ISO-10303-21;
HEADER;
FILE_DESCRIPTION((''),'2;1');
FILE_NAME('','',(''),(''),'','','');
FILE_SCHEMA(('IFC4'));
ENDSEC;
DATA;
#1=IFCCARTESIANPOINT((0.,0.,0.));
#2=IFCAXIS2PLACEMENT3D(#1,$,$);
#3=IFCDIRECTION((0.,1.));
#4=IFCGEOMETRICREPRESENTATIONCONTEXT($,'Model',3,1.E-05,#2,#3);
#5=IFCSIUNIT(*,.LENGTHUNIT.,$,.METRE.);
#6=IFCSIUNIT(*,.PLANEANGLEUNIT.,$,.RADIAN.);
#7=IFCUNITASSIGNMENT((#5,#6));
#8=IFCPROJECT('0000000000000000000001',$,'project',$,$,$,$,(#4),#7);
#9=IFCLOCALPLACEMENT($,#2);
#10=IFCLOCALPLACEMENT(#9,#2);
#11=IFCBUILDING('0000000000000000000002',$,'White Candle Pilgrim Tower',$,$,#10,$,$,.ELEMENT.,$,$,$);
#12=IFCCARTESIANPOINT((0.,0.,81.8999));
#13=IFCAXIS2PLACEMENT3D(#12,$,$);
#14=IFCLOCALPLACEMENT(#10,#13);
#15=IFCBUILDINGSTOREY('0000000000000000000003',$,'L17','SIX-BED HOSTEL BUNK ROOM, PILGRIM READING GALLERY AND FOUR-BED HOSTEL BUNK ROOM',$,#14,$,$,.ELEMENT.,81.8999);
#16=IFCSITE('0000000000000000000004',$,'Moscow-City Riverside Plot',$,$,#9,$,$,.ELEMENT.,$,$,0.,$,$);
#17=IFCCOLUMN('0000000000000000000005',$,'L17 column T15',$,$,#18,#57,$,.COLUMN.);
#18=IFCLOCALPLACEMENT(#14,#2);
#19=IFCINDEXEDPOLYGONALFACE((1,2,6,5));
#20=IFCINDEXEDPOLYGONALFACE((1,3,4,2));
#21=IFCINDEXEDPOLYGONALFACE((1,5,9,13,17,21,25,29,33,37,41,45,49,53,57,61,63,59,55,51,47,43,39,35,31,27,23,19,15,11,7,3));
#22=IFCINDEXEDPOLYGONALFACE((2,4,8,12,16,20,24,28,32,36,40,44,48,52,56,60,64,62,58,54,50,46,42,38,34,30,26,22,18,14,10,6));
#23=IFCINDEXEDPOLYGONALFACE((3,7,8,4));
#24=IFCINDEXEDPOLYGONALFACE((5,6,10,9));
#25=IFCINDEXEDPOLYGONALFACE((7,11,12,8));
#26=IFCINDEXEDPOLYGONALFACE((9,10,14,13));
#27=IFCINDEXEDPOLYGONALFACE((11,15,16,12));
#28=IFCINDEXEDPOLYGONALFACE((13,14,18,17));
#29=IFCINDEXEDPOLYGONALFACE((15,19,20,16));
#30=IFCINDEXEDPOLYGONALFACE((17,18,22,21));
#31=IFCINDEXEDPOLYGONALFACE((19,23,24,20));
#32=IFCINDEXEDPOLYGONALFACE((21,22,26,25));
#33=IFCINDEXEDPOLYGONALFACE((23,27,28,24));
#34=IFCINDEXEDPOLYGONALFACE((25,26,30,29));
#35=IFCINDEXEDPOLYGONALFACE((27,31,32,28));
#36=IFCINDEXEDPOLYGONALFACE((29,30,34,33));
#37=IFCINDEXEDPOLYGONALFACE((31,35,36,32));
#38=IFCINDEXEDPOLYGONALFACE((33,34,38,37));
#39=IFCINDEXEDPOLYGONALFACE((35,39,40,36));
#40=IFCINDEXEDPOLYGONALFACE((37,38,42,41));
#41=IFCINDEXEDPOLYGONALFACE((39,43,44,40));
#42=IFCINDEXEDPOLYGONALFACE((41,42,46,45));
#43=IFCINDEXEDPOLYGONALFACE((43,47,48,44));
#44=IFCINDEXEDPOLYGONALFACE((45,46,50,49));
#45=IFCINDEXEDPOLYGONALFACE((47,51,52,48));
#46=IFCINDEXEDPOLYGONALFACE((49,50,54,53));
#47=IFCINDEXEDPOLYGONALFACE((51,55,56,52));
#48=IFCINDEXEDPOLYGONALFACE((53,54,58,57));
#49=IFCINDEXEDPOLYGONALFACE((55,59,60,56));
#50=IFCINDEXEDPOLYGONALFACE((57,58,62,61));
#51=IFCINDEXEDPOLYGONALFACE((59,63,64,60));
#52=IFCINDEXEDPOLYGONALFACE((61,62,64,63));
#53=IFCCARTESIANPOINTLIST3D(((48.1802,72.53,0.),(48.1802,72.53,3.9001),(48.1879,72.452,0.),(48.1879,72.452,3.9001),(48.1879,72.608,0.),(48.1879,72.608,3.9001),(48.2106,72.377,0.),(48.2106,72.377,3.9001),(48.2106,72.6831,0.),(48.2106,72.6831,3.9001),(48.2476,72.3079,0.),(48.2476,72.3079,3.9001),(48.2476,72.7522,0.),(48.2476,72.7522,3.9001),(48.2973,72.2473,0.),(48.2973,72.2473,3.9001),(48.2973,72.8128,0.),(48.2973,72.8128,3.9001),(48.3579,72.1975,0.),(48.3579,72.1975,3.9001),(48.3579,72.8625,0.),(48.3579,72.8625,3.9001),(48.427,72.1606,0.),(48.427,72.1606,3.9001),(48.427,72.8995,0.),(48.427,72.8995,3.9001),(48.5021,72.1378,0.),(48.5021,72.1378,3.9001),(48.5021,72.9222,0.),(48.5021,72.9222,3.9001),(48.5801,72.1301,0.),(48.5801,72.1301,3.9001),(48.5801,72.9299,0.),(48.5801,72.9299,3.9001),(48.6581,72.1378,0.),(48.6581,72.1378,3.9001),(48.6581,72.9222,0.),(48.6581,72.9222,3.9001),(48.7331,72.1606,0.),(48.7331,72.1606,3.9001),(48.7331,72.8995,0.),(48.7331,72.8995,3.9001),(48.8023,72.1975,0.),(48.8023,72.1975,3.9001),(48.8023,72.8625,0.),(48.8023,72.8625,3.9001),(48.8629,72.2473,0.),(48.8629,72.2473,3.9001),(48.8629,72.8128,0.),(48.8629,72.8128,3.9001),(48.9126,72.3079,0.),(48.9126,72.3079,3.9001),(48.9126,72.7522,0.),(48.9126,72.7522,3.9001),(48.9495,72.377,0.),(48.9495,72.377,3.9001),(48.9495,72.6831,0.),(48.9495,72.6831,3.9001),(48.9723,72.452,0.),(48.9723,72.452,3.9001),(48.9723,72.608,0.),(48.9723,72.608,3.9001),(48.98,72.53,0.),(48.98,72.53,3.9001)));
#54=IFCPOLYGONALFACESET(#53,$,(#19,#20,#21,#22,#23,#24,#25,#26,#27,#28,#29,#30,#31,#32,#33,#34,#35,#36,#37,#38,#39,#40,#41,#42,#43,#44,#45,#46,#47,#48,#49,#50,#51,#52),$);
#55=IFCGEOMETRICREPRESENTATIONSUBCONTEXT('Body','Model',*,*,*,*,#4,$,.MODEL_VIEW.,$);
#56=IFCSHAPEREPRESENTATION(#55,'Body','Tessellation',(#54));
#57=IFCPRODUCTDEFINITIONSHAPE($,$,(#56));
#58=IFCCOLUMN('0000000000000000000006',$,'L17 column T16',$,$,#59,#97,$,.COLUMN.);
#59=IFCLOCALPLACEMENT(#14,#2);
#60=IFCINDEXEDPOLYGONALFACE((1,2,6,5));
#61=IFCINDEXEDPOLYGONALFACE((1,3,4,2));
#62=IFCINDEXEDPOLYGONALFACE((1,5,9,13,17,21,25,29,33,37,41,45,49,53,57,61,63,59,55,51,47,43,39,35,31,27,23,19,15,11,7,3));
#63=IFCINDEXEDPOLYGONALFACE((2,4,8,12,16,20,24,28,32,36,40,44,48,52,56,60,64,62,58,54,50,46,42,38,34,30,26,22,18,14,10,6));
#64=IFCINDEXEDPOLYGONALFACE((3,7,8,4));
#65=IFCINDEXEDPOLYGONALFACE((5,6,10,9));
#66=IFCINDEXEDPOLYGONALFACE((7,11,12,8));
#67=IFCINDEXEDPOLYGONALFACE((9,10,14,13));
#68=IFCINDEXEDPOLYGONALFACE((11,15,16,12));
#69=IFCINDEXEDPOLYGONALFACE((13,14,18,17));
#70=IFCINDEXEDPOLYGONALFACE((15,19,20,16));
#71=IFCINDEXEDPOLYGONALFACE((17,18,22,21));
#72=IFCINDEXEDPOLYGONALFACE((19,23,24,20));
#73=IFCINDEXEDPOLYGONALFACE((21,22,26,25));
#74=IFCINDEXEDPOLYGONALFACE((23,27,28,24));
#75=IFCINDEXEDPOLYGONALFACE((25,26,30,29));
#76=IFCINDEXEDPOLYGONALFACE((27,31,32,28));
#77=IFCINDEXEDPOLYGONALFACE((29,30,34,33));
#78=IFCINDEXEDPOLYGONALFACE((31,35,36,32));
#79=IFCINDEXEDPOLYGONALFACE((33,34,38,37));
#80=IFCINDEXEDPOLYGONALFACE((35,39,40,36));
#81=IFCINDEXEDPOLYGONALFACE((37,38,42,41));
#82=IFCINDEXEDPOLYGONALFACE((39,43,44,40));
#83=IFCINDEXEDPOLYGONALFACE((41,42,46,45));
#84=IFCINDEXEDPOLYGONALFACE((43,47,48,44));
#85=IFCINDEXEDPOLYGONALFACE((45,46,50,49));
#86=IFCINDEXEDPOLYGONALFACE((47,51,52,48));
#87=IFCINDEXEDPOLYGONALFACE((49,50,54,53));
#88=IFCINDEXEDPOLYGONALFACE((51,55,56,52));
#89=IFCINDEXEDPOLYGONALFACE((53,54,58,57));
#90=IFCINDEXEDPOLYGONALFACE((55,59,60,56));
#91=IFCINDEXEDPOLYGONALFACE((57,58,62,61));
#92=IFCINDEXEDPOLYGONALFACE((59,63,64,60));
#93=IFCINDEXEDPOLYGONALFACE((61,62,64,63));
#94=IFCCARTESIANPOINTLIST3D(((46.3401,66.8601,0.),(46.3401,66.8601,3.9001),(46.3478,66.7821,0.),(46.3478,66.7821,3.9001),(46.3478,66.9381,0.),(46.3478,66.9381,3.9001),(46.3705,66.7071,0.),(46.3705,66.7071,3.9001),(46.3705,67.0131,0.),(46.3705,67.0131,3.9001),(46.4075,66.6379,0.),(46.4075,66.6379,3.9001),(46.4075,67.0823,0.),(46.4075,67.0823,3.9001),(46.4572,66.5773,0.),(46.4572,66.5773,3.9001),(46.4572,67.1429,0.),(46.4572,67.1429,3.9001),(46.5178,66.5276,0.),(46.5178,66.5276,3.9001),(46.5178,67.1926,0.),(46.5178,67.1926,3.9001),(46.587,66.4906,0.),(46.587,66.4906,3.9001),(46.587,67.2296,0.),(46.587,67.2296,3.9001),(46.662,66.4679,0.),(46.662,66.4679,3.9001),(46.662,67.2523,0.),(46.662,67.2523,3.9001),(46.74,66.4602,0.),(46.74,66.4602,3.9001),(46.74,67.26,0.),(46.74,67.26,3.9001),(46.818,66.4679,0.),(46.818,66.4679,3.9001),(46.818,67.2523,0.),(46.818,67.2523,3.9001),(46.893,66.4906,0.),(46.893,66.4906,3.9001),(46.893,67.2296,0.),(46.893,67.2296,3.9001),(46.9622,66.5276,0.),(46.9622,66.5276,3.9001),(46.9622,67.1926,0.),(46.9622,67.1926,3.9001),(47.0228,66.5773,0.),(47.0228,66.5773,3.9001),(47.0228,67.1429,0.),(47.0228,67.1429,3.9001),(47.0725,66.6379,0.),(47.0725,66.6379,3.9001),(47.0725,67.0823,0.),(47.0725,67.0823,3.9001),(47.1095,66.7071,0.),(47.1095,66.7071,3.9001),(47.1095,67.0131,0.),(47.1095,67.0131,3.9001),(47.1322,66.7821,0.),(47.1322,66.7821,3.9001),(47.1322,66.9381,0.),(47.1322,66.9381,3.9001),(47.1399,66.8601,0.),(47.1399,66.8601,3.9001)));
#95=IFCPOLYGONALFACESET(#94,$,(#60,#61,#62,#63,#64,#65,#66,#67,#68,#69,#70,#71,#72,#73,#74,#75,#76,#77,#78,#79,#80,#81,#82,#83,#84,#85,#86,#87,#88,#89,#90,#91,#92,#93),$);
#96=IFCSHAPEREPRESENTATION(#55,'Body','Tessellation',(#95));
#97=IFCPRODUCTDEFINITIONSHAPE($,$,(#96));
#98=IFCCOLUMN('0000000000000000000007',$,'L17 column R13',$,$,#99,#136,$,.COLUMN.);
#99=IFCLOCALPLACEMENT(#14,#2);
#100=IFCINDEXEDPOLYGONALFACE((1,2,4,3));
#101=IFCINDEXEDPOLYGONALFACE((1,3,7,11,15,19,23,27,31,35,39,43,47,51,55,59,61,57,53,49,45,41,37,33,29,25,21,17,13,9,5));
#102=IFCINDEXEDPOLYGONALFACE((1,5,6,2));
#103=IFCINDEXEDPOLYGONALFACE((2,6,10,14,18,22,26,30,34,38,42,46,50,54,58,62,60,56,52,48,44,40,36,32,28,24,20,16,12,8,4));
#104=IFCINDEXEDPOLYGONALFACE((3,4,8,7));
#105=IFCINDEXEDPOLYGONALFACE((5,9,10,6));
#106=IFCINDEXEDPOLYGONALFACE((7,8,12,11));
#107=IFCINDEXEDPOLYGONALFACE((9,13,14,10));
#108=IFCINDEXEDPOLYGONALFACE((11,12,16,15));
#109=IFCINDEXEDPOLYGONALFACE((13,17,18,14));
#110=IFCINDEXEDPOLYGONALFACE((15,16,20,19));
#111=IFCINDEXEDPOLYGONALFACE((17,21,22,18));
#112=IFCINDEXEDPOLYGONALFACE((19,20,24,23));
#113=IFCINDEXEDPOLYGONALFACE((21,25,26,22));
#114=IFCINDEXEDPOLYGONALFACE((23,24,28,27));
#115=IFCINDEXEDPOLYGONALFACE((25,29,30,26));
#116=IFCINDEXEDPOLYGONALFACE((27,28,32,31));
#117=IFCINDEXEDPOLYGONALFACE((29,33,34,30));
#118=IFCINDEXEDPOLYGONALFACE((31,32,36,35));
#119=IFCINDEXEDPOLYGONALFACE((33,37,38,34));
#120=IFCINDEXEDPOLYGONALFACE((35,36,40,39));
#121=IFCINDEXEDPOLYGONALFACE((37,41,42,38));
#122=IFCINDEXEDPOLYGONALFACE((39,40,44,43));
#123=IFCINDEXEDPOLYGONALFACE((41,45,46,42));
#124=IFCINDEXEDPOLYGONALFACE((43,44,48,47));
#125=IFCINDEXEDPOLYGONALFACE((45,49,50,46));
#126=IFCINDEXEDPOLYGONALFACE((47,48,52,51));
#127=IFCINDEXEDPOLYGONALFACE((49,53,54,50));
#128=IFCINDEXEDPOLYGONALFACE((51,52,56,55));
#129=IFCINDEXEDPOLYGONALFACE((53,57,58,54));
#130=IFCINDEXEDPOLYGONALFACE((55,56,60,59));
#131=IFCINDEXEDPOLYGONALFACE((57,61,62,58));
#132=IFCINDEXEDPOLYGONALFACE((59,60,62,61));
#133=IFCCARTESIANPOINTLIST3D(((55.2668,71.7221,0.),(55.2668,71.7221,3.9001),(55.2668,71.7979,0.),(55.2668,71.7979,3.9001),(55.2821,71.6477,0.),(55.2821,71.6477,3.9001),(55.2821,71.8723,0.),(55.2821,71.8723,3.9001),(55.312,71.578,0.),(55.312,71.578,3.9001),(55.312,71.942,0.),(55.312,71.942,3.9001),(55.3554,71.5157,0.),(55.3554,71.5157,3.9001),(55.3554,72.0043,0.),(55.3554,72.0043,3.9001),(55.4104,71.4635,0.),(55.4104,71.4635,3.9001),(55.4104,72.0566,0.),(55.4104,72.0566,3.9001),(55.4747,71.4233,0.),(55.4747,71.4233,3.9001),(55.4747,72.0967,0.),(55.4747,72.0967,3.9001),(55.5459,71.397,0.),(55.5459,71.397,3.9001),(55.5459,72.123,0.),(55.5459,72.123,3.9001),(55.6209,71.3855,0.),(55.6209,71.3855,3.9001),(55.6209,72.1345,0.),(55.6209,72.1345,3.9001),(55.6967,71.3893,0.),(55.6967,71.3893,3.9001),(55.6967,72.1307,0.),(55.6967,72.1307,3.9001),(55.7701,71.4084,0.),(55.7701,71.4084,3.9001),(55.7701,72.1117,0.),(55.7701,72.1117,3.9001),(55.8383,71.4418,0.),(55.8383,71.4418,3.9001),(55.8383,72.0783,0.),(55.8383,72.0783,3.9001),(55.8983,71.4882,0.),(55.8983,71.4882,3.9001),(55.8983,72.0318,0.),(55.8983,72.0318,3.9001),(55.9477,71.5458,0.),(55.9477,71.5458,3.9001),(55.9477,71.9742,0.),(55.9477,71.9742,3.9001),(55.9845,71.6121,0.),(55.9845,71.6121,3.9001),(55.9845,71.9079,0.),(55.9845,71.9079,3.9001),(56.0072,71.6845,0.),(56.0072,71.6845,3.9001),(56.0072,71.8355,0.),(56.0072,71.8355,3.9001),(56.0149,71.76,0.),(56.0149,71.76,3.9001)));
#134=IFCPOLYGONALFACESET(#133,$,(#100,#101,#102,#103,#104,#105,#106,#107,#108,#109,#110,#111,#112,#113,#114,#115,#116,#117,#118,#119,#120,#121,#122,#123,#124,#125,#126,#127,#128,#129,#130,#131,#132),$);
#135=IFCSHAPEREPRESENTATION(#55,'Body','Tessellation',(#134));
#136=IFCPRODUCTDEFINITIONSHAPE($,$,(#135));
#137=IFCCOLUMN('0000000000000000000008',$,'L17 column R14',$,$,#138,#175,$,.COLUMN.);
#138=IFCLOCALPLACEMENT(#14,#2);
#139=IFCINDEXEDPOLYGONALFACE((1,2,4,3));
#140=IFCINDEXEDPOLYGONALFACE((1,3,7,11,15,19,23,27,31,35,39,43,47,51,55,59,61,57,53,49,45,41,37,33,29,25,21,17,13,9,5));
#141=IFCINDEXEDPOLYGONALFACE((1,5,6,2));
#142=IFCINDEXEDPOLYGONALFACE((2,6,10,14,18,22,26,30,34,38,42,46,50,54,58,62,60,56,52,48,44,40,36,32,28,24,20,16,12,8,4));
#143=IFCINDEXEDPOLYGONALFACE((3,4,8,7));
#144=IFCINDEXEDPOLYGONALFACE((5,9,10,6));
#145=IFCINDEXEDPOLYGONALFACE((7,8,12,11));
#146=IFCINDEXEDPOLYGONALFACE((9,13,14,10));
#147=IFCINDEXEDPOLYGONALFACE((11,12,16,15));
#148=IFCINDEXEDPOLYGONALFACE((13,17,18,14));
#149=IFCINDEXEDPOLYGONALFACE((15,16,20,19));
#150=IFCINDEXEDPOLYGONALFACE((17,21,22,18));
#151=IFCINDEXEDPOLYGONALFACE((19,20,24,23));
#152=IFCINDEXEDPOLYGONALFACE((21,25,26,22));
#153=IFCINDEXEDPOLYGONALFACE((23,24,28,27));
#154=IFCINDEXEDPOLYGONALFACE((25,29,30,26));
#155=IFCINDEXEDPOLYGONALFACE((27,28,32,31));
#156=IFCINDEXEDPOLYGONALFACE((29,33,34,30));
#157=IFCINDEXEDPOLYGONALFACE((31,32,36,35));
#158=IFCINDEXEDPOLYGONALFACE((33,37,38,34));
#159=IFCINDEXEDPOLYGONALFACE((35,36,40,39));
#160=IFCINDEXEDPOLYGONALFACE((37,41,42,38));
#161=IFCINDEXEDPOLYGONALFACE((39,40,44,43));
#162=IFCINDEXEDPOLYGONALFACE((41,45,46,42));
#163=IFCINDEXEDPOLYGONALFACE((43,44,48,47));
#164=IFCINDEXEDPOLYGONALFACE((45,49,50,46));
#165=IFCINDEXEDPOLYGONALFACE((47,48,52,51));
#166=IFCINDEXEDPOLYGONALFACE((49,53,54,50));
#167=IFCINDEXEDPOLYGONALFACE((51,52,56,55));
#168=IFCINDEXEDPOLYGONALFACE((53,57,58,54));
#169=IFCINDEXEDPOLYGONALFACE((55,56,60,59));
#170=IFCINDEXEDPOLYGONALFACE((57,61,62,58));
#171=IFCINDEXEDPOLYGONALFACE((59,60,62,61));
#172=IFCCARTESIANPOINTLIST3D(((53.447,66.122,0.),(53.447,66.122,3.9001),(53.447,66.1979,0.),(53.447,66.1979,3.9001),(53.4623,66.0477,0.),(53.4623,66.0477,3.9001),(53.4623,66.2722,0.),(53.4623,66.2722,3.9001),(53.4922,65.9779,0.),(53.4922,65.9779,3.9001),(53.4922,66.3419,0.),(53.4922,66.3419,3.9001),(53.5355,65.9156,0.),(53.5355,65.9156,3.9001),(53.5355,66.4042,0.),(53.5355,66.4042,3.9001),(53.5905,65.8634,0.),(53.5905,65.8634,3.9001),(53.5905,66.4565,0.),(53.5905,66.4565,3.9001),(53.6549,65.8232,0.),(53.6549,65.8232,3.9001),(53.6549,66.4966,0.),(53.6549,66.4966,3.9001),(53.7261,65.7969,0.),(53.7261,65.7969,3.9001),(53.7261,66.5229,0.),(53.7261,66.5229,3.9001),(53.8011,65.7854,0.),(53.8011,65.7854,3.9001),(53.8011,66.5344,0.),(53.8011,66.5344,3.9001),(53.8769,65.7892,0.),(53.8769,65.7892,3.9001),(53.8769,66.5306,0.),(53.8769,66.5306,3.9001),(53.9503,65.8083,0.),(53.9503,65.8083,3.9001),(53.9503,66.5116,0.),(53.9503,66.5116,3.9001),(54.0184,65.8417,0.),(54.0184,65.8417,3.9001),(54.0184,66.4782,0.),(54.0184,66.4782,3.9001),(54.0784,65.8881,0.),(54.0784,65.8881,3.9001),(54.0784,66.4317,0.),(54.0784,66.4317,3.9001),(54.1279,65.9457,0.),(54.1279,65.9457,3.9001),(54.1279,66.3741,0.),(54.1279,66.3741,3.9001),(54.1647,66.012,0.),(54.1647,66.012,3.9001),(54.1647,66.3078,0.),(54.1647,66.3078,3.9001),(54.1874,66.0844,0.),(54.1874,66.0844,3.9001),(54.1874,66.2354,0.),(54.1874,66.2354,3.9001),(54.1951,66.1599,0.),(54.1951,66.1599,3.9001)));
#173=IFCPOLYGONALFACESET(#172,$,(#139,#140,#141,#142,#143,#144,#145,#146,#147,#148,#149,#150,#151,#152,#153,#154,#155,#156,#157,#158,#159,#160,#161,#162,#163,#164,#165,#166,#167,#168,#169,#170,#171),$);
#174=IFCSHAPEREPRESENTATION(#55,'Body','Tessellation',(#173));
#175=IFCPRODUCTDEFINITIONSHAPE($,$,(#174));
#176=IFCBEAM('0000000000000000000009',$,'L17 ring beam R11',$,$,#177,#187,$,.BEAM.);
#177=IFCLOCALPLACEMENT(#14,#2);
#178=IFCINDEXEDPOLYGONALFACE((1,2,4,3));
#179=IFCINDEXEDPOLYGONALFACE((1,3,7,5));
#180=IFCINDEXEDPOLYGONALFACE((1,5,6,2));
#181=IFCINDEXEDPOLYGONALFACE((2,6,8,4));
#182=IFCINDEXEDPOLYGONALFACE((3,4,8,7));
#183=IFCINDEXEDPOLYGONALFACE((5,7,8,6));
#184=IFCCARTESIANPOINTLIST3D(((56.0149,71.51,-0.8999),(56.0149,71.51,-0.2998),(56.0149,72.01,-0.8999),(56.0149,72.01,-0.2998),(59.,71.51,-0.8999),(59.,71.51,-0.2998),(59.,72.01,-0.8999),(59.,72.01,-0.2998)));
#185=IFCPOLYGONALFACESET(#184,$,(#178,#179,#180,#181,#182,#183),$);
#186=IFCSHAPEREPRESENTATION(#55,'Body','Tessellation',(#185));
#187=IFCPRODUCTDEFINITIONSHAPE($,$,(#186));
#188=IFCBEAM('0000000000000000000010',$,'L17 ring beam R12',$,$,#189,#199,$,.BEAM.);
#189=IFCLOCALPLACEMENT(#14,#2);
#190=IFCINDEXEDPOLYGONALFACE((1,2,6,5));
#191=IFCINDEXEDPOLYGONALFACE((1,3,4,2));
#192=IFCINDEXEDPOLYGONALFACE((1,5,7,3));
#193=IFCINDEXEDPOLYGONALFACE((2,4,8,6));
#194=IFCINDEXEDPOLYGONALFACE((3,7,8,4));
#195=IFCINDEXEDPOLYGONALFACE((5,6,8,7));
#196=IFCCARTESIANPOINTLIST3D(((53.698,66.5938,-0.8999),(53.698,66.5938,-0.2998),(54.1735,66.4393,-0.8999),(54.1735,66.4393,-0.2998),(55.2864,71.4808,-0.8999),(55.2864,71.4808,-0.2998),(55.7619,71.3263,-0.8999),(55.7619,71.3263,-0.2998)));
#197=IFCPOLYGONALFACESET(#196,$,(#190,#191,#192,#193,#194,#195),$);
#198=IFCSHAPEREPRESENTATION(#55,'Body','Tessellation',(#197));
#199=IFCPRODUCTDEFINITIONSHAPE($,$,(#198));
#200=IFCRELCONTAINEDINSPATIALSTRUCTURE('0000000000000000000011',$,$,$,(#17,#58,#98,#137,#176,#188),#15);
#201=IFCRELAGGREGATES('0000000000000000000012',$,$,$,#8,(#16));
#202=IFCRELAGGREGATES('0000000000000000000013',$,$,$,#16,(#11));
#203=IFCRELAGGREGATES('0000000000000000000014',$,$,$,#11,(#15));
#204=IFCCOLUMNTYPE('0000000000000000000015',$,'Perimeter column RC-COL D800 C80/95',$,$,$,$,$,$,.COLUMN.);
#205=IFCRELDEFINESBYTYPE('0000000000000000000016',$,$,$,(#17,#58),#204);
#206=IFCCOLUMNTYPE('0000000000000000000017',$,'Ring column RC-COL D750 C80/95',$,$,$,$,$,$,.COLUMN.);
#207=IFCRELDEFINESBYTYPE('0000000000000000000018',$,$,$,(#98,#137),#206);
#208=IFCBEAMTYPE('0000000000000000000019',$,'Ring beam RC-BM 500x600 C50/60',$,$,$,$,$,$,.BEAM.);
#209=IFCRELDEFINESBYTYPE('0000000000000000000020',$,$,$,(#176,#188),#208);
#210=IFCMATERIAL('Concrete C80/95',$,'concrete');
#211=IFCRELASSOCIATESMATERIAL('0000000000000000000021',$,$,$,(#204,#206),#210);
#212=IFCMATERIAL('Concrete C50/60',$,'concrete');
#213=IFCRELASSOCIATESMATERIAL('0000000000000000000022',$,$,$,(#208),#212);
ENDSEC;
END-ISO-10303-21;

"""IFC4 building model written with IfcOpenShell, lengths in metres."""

from ifc_helpers import new_model, si_unit, direction, frame, origin, origin_2d, place, context, subcontext, project, spatial, rectangle, circle, extrude, material, material_profile, profile_set, type_object, element, save


model = new_model("IFC4")

# Units and contexts
model_context = context("Model", 3, precision=1e-05, world=origin(), true_north=direction((0.0, 1.0)))
body_context = subcontext(model_context, "Body", "Model", "MODEL_VIEW")
ifc_project = project(units=[si_unit("LENGTHUNIT", "METRE"), si_unit("PLANEANGLEUNIT", "RADIAN")], contexts=[model_context])

# Site, building, storey
site_placement = place(None, origin())
site = spatial("IfcSite", under=ifc_project, at=site_placement, Name="Moscow-City Riverside Plot", CompositionType="ELEMENT", RefElevation=0.0)
building_placement = place(site_placement, origin())
building = spatial("IfcBuilding", under=site, at=building_placement, Name="White Candle Pilgrim Tower", CompositionType="ELEMENT")
storey_placement = place(building_placement, frame((0.0, 0.0, 81.8999)))
storey = spatial("IfcBuildingStorey", under=building, at=storey_placement, Name="L17", Description="SIX-BED HOSTEL BUNK ROOM, PILGRIM READING GALLERY AND FOUR-BED HOSTEL BUNK ROOM", CompositionType="ELEMENT", Elevation=81.8999)

# Columns
ifc_material_1 = material(Name="Concrete C80/95", Category="concrete")
ifc_material_profile_1 = material_profile(ifc_material_1, circle(Radius=0.3999, at=origin_2d()), Name="RC-COL D800")
ifc_profile_set_1 = profile_set([ifc_material_profile_1], Name="Concrete C80/95")
column_type_1 = type_object("IfcColumnType", Name="Perimeter column RC-COL D800 C80/95", PredefinedType="COLUMN", material=ifc_profile_set_1)
for number, where, z_axis, x_axis, name in (
    (1, (48.5801, 72.53, 0.0), (0.0, 0.0, 1.0), (1.0, 0.0, 0.0), "L17 column T15"),
    (2, (46.74, 66.8601, 0.0), (0.0, 0.0, 1.0), (1.0, 0.0, 0.0), "L17 column T16"),
):
    element("IfcColumn", number, at=place(storey_placement, frame(where, z_axis=z_axis, x_axis=x_axis)), inside=storey, type_object=column_type_1, Name=name, PredefinedType="COLUMN", context=body_context, shape_type="SweptSolid", body=[
        extrude(circle(Radius=0.3999, at=origin_2d()), origin(), (0.0, 0.0, 1.0), 3.9001),
    ])
ifc_material_profile_2 = material_profile(ifc_material_1, circle(Radius=0.375, at=origin_2d()), Name="RC-COL D750")
ifc_profile_set_2 = profile_set([ifc_material_profile_2], Name="Concrete C80/95")
column_type_2 = type_object("IfcColumnType", Name="Ring column RC-COL D750 C80/95", PredefinedType="COLUMN", material=ifc_profile_set_2)
for number, where, z_axis, x_axis, name in (
    (3, (55.6399, 71.76, 0.0), (0.0, 0.0, 1.0), (1.0, 0.0, 0.0), "L17 column R13"),
    (4, (53.8201, 66.1599, 0.0), (0.0, 0.0, 1.0), (1.0, 0.0, 0.0), "L17 column R14"),
):
    element("IfcColumn", number, at=place(storey_placement, frame(where, z_axis=z_axis, x_axis=x_axis)), inside=storey, type_object=column_type_2, Name=name, PredefinedType="COLUMN", context=body_context, shape_type="SweptSolid", body=[
        extrude(circle(Radius=0.375, at=origin_2d()), origin(), (0.0, 0.0, 1.0), 3.9001),
    ])

# Beams
ifc_material_2 = material(Name="Concrete C50/60", Category="concrete")
ifc_material_profile_3 = material_profile(ifc_material_2, rectangle(XDim=0.5, YDim=0.6001, at=origin_2d()), Name="RC-BM 500x600")
ifc_profile_set_3 = profile_set([ifc_material_profile_3], Name="Concrete C50/60")
beam_type_1 = type_object("IfcBeamType", Name="Ring beam RC-BM 500x600 C50/60", PredefinedType="BEAM", material=ifc_profile_set_3)
beam_1_placement = place(storey_placement, frame((56.0149, 71.76, -0.5999), z_axis=(1.0, 0.0, 0.0), x_axis=(0.0, 1.0, 0.0)))
element("IfcBeam", 5, at=beam_1_placement, inside=storey, type_object=beam_type_1, Name="L17 ring beam R11", PredefinedType="BEAM", context=body_context, shape_type="SweptSolid", body=[
    extrude(rectangle(XDim=0.5, YDim=0.6001, at=origin_2d()), origin(), (0.0, 0.0, 1.0), 2.9851),
])
beam_2_placement = place(storey_placement, frame((55.5242, 71.4036, -0.5999), z_axis=(-0.309106, -0.951027, 0.0), x_axis=(0.951027, -0.309106, 0.0)))
element("IfcBeam", 6, at=beam_2_placement, inside=storey, type_object=beam_type_1, Name="L17 ring beam R12", PredefinedType="BEAM", context=body_context, shape_type="SweptSolid", body=[
    extrude(rectangle(XDim=0.5, YDim=0.6001, at=origin_2d()), origin(), (0.0, 0.0, 1.0), 5.1387),
])

save(model, "model.ifc")
